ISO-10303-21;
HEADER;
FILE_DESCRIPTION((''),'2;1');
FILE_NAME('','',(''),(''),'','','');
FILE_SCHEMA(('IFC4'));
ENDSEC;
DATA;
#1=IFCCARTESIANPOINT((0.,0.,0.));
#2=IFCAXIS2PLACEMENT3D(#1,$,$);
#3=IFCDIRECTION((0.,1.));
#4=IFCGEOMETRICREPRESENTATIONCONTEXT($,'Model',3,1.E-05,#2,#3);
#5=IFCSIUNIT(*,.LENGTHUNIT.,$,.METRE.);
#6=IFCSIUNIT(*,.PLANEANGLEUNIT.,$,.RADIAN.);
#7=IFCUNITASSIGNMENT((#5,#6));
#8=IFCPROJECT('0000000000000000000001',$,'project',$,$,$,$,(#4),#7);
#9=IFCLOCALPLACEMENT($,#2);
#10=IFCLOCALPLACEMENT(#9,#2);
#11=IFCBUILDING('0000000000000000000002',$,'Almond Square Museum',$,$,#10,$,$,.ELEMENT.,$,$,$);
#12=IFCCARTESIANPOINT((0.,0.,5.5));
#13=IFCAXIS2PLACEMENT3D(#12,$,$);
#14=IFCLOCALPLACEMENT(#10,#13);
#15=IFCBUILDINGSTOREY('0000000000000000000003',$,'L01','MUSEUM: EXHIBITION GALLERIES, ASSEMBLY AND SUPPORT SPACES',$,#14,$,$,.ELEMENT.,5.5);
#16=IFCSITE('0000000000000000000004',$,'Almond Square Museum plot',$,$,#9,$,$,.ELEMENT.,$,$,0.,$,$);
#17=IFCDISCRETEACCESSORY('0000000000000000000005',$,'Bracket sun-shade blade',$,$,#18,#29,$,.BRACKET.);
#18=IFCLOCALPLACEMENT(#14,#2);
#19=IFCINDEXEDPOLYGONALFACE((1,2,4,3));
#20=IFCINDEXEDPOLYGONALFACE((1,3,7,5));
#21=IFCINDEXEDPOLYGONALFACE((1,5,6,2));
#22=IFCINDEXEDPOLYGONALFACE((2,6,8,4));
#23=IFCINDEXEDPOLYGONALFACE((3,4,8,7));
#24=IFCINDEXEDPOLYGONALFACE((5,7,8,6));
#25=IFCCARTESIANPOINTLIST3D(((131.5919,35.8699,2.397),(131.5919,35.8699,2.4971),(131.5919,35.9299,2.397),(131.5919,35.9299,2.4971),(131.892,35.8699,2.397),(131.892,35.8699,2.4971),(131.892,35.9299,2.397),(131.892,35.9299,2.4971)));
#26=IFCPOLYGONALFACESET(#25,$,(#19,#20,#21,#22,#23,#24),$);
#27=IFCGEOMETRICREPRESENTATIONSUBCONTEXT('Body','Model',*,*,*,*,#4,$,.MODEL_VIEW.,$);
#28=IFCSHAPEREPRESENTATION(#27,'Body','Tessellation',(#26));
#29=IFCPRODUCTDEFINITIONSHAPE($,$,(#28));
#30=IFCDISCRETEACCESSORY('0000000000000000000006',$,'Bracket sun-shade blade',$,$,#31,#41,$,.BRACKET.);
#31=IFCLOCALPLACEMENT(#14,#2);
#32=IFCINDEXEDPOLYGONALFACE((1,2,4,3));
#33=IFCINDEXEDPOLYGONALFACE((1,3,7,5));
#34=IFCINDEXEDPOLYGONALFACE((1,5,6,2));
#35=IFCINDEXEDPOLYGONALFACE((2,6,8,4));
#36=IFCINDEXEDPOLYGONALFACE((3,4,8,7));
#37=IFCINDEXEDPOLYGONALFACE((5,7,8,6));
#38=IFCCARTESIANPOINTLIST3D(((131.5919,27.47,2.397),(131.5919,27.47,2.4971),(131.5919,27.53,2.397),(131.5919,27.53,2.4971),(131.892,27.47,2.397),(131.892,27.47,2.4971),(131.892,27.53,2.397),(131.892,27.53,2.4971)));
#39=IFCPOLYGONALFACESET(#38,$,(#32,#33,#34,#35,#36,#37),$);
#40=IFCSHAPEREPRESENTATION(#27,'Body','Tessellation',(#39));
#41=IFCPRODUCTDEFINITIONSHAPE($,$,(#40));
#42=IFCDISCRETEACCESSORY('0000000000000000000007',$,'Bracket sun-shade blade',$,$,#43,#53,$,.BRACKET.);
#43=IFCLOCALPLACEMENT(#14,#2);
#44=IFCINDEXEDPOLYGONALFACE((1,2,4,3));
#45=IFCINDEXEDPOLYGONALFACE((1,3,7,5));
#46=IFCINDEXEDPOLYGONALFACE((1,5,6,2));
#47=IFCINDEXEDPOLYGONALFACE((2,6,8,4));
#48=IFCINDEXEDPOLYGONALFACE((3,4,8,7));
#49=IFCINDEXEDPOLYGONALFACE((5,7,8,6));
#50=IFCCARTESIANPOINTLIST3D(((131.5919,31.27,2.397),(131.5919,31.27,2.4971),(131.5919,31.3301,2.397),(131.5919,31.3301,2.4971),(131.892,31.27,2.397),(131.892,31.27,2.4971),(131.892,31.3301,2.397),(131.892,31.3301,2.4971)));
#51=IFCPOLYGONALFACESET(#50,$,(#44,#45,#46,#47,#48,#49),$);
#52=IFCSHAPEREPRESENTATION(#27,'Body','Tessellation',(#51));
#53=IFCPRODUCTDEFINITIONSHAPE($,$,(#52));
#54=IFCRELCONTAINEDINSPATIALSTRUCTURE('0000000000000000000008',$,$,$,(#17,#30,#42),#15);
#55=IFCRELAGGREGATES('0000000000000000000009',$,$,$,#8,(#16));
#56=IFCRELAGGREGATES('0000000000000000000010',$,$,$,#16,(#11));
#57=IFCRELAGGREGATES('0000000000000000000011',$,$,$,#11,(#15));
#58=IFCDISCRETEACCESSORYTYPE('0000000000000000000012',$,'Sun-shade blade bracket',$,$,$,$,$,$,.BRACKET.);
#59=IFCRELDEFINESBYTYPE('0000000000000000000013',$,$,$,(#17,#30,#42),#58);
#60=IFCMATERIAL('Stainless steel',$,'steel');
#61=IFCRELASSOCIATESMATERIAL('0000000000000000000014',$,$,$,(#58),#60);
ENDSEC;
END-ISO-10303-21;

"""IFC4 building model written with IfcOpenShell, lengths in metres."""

from ifc_helpers import new_model, si_unit, direction, frame, origin, origin_2d, place, context, subcontext, project, spatial, rectangle, extrude, material, type_object, element, save


model = new_model("IFC4")

# Units and contexts
model_context = context("Model", 3, precision=1e-05, world=origin(), true_north=direction((0.0, 1.0)))
body_context = subcontext(model_context, "Body", "Model", "MODEL_VIEW")
ifc_project = project(units=[si_unit("LENGTHUNIT", "METRE"), si_unit("PLANEANGLEUNIT", "RADIAN")], contexts=[model_context])

# Site, building, storey
site_placement = place(None, origin())
site = spatial("IfcSite", under=ifc_project, at=site_placement, Name="Almond Square Museum plot", CompositionType="ELEMENT", RefElevation=0.0)
building_placement = place(site_placement, origin())
building = spatial("IfcBuilding", under=site, at=building_placement, Name="Almond Square Museum", CompositionType="ELEMENT")
storey_placement = place(building_placement, frame((0.0, 0.0, 5.5)))
storey = spatial("IfcBuildingStorey", under=building, at=storey_placement, Name="L01", Description="MUSEUM: EXHIBITION GALLERIES, ASSEMBLY AND SUPPORT SPACES", CompositionType="ELEMENT", Elevation=5.5)

# Discrete accessories
ifc_material_1 = material(Name="Stainless steel", Category="steel")
discrete_accessory_type = type_object("IfcDiscreteAccessoryType", Name="Sun-shade blade bracket", PredefinedType="BRACKET", material=ifc_material_1)
for number, where, z_axis, x_axis, name in (
    (1, (131.7419, 35.8999, 2.397), (0.0, 0.0, 1.0), (1.0, 0.0, 0.0), "Bracket sun-shade blade"),
    (2, (131.7419, 27.5, 2.397), (0.0, 0.0, 1.0), (1.0, 0.0, 0.0), "Bracket sun-shade blade"),
    (3, (131.7419, 31.3, 2.397), (0.0, 0.0, 1.0), (1.0, 0.0, 0.0), "Bracket sun-shade blade"),
):
    element("IfcDiscreteAccessory", number, at=place(storey_placement, frame(where, z_axis=z_axis, x_axis=x_axis)), inside=storey, type_object=discrete_accessory_type, Name=name, PredefinedType="BRACKET", context=body_context, shape_type="SweptSolid", body=[
        extrude(rectangle(XDim=0.3, YDim=0.0601, at=origin_2d()), origin(), (0.0, 0.0, 1.0), 0.1001),
    ])

save(model, "model.ifc")
